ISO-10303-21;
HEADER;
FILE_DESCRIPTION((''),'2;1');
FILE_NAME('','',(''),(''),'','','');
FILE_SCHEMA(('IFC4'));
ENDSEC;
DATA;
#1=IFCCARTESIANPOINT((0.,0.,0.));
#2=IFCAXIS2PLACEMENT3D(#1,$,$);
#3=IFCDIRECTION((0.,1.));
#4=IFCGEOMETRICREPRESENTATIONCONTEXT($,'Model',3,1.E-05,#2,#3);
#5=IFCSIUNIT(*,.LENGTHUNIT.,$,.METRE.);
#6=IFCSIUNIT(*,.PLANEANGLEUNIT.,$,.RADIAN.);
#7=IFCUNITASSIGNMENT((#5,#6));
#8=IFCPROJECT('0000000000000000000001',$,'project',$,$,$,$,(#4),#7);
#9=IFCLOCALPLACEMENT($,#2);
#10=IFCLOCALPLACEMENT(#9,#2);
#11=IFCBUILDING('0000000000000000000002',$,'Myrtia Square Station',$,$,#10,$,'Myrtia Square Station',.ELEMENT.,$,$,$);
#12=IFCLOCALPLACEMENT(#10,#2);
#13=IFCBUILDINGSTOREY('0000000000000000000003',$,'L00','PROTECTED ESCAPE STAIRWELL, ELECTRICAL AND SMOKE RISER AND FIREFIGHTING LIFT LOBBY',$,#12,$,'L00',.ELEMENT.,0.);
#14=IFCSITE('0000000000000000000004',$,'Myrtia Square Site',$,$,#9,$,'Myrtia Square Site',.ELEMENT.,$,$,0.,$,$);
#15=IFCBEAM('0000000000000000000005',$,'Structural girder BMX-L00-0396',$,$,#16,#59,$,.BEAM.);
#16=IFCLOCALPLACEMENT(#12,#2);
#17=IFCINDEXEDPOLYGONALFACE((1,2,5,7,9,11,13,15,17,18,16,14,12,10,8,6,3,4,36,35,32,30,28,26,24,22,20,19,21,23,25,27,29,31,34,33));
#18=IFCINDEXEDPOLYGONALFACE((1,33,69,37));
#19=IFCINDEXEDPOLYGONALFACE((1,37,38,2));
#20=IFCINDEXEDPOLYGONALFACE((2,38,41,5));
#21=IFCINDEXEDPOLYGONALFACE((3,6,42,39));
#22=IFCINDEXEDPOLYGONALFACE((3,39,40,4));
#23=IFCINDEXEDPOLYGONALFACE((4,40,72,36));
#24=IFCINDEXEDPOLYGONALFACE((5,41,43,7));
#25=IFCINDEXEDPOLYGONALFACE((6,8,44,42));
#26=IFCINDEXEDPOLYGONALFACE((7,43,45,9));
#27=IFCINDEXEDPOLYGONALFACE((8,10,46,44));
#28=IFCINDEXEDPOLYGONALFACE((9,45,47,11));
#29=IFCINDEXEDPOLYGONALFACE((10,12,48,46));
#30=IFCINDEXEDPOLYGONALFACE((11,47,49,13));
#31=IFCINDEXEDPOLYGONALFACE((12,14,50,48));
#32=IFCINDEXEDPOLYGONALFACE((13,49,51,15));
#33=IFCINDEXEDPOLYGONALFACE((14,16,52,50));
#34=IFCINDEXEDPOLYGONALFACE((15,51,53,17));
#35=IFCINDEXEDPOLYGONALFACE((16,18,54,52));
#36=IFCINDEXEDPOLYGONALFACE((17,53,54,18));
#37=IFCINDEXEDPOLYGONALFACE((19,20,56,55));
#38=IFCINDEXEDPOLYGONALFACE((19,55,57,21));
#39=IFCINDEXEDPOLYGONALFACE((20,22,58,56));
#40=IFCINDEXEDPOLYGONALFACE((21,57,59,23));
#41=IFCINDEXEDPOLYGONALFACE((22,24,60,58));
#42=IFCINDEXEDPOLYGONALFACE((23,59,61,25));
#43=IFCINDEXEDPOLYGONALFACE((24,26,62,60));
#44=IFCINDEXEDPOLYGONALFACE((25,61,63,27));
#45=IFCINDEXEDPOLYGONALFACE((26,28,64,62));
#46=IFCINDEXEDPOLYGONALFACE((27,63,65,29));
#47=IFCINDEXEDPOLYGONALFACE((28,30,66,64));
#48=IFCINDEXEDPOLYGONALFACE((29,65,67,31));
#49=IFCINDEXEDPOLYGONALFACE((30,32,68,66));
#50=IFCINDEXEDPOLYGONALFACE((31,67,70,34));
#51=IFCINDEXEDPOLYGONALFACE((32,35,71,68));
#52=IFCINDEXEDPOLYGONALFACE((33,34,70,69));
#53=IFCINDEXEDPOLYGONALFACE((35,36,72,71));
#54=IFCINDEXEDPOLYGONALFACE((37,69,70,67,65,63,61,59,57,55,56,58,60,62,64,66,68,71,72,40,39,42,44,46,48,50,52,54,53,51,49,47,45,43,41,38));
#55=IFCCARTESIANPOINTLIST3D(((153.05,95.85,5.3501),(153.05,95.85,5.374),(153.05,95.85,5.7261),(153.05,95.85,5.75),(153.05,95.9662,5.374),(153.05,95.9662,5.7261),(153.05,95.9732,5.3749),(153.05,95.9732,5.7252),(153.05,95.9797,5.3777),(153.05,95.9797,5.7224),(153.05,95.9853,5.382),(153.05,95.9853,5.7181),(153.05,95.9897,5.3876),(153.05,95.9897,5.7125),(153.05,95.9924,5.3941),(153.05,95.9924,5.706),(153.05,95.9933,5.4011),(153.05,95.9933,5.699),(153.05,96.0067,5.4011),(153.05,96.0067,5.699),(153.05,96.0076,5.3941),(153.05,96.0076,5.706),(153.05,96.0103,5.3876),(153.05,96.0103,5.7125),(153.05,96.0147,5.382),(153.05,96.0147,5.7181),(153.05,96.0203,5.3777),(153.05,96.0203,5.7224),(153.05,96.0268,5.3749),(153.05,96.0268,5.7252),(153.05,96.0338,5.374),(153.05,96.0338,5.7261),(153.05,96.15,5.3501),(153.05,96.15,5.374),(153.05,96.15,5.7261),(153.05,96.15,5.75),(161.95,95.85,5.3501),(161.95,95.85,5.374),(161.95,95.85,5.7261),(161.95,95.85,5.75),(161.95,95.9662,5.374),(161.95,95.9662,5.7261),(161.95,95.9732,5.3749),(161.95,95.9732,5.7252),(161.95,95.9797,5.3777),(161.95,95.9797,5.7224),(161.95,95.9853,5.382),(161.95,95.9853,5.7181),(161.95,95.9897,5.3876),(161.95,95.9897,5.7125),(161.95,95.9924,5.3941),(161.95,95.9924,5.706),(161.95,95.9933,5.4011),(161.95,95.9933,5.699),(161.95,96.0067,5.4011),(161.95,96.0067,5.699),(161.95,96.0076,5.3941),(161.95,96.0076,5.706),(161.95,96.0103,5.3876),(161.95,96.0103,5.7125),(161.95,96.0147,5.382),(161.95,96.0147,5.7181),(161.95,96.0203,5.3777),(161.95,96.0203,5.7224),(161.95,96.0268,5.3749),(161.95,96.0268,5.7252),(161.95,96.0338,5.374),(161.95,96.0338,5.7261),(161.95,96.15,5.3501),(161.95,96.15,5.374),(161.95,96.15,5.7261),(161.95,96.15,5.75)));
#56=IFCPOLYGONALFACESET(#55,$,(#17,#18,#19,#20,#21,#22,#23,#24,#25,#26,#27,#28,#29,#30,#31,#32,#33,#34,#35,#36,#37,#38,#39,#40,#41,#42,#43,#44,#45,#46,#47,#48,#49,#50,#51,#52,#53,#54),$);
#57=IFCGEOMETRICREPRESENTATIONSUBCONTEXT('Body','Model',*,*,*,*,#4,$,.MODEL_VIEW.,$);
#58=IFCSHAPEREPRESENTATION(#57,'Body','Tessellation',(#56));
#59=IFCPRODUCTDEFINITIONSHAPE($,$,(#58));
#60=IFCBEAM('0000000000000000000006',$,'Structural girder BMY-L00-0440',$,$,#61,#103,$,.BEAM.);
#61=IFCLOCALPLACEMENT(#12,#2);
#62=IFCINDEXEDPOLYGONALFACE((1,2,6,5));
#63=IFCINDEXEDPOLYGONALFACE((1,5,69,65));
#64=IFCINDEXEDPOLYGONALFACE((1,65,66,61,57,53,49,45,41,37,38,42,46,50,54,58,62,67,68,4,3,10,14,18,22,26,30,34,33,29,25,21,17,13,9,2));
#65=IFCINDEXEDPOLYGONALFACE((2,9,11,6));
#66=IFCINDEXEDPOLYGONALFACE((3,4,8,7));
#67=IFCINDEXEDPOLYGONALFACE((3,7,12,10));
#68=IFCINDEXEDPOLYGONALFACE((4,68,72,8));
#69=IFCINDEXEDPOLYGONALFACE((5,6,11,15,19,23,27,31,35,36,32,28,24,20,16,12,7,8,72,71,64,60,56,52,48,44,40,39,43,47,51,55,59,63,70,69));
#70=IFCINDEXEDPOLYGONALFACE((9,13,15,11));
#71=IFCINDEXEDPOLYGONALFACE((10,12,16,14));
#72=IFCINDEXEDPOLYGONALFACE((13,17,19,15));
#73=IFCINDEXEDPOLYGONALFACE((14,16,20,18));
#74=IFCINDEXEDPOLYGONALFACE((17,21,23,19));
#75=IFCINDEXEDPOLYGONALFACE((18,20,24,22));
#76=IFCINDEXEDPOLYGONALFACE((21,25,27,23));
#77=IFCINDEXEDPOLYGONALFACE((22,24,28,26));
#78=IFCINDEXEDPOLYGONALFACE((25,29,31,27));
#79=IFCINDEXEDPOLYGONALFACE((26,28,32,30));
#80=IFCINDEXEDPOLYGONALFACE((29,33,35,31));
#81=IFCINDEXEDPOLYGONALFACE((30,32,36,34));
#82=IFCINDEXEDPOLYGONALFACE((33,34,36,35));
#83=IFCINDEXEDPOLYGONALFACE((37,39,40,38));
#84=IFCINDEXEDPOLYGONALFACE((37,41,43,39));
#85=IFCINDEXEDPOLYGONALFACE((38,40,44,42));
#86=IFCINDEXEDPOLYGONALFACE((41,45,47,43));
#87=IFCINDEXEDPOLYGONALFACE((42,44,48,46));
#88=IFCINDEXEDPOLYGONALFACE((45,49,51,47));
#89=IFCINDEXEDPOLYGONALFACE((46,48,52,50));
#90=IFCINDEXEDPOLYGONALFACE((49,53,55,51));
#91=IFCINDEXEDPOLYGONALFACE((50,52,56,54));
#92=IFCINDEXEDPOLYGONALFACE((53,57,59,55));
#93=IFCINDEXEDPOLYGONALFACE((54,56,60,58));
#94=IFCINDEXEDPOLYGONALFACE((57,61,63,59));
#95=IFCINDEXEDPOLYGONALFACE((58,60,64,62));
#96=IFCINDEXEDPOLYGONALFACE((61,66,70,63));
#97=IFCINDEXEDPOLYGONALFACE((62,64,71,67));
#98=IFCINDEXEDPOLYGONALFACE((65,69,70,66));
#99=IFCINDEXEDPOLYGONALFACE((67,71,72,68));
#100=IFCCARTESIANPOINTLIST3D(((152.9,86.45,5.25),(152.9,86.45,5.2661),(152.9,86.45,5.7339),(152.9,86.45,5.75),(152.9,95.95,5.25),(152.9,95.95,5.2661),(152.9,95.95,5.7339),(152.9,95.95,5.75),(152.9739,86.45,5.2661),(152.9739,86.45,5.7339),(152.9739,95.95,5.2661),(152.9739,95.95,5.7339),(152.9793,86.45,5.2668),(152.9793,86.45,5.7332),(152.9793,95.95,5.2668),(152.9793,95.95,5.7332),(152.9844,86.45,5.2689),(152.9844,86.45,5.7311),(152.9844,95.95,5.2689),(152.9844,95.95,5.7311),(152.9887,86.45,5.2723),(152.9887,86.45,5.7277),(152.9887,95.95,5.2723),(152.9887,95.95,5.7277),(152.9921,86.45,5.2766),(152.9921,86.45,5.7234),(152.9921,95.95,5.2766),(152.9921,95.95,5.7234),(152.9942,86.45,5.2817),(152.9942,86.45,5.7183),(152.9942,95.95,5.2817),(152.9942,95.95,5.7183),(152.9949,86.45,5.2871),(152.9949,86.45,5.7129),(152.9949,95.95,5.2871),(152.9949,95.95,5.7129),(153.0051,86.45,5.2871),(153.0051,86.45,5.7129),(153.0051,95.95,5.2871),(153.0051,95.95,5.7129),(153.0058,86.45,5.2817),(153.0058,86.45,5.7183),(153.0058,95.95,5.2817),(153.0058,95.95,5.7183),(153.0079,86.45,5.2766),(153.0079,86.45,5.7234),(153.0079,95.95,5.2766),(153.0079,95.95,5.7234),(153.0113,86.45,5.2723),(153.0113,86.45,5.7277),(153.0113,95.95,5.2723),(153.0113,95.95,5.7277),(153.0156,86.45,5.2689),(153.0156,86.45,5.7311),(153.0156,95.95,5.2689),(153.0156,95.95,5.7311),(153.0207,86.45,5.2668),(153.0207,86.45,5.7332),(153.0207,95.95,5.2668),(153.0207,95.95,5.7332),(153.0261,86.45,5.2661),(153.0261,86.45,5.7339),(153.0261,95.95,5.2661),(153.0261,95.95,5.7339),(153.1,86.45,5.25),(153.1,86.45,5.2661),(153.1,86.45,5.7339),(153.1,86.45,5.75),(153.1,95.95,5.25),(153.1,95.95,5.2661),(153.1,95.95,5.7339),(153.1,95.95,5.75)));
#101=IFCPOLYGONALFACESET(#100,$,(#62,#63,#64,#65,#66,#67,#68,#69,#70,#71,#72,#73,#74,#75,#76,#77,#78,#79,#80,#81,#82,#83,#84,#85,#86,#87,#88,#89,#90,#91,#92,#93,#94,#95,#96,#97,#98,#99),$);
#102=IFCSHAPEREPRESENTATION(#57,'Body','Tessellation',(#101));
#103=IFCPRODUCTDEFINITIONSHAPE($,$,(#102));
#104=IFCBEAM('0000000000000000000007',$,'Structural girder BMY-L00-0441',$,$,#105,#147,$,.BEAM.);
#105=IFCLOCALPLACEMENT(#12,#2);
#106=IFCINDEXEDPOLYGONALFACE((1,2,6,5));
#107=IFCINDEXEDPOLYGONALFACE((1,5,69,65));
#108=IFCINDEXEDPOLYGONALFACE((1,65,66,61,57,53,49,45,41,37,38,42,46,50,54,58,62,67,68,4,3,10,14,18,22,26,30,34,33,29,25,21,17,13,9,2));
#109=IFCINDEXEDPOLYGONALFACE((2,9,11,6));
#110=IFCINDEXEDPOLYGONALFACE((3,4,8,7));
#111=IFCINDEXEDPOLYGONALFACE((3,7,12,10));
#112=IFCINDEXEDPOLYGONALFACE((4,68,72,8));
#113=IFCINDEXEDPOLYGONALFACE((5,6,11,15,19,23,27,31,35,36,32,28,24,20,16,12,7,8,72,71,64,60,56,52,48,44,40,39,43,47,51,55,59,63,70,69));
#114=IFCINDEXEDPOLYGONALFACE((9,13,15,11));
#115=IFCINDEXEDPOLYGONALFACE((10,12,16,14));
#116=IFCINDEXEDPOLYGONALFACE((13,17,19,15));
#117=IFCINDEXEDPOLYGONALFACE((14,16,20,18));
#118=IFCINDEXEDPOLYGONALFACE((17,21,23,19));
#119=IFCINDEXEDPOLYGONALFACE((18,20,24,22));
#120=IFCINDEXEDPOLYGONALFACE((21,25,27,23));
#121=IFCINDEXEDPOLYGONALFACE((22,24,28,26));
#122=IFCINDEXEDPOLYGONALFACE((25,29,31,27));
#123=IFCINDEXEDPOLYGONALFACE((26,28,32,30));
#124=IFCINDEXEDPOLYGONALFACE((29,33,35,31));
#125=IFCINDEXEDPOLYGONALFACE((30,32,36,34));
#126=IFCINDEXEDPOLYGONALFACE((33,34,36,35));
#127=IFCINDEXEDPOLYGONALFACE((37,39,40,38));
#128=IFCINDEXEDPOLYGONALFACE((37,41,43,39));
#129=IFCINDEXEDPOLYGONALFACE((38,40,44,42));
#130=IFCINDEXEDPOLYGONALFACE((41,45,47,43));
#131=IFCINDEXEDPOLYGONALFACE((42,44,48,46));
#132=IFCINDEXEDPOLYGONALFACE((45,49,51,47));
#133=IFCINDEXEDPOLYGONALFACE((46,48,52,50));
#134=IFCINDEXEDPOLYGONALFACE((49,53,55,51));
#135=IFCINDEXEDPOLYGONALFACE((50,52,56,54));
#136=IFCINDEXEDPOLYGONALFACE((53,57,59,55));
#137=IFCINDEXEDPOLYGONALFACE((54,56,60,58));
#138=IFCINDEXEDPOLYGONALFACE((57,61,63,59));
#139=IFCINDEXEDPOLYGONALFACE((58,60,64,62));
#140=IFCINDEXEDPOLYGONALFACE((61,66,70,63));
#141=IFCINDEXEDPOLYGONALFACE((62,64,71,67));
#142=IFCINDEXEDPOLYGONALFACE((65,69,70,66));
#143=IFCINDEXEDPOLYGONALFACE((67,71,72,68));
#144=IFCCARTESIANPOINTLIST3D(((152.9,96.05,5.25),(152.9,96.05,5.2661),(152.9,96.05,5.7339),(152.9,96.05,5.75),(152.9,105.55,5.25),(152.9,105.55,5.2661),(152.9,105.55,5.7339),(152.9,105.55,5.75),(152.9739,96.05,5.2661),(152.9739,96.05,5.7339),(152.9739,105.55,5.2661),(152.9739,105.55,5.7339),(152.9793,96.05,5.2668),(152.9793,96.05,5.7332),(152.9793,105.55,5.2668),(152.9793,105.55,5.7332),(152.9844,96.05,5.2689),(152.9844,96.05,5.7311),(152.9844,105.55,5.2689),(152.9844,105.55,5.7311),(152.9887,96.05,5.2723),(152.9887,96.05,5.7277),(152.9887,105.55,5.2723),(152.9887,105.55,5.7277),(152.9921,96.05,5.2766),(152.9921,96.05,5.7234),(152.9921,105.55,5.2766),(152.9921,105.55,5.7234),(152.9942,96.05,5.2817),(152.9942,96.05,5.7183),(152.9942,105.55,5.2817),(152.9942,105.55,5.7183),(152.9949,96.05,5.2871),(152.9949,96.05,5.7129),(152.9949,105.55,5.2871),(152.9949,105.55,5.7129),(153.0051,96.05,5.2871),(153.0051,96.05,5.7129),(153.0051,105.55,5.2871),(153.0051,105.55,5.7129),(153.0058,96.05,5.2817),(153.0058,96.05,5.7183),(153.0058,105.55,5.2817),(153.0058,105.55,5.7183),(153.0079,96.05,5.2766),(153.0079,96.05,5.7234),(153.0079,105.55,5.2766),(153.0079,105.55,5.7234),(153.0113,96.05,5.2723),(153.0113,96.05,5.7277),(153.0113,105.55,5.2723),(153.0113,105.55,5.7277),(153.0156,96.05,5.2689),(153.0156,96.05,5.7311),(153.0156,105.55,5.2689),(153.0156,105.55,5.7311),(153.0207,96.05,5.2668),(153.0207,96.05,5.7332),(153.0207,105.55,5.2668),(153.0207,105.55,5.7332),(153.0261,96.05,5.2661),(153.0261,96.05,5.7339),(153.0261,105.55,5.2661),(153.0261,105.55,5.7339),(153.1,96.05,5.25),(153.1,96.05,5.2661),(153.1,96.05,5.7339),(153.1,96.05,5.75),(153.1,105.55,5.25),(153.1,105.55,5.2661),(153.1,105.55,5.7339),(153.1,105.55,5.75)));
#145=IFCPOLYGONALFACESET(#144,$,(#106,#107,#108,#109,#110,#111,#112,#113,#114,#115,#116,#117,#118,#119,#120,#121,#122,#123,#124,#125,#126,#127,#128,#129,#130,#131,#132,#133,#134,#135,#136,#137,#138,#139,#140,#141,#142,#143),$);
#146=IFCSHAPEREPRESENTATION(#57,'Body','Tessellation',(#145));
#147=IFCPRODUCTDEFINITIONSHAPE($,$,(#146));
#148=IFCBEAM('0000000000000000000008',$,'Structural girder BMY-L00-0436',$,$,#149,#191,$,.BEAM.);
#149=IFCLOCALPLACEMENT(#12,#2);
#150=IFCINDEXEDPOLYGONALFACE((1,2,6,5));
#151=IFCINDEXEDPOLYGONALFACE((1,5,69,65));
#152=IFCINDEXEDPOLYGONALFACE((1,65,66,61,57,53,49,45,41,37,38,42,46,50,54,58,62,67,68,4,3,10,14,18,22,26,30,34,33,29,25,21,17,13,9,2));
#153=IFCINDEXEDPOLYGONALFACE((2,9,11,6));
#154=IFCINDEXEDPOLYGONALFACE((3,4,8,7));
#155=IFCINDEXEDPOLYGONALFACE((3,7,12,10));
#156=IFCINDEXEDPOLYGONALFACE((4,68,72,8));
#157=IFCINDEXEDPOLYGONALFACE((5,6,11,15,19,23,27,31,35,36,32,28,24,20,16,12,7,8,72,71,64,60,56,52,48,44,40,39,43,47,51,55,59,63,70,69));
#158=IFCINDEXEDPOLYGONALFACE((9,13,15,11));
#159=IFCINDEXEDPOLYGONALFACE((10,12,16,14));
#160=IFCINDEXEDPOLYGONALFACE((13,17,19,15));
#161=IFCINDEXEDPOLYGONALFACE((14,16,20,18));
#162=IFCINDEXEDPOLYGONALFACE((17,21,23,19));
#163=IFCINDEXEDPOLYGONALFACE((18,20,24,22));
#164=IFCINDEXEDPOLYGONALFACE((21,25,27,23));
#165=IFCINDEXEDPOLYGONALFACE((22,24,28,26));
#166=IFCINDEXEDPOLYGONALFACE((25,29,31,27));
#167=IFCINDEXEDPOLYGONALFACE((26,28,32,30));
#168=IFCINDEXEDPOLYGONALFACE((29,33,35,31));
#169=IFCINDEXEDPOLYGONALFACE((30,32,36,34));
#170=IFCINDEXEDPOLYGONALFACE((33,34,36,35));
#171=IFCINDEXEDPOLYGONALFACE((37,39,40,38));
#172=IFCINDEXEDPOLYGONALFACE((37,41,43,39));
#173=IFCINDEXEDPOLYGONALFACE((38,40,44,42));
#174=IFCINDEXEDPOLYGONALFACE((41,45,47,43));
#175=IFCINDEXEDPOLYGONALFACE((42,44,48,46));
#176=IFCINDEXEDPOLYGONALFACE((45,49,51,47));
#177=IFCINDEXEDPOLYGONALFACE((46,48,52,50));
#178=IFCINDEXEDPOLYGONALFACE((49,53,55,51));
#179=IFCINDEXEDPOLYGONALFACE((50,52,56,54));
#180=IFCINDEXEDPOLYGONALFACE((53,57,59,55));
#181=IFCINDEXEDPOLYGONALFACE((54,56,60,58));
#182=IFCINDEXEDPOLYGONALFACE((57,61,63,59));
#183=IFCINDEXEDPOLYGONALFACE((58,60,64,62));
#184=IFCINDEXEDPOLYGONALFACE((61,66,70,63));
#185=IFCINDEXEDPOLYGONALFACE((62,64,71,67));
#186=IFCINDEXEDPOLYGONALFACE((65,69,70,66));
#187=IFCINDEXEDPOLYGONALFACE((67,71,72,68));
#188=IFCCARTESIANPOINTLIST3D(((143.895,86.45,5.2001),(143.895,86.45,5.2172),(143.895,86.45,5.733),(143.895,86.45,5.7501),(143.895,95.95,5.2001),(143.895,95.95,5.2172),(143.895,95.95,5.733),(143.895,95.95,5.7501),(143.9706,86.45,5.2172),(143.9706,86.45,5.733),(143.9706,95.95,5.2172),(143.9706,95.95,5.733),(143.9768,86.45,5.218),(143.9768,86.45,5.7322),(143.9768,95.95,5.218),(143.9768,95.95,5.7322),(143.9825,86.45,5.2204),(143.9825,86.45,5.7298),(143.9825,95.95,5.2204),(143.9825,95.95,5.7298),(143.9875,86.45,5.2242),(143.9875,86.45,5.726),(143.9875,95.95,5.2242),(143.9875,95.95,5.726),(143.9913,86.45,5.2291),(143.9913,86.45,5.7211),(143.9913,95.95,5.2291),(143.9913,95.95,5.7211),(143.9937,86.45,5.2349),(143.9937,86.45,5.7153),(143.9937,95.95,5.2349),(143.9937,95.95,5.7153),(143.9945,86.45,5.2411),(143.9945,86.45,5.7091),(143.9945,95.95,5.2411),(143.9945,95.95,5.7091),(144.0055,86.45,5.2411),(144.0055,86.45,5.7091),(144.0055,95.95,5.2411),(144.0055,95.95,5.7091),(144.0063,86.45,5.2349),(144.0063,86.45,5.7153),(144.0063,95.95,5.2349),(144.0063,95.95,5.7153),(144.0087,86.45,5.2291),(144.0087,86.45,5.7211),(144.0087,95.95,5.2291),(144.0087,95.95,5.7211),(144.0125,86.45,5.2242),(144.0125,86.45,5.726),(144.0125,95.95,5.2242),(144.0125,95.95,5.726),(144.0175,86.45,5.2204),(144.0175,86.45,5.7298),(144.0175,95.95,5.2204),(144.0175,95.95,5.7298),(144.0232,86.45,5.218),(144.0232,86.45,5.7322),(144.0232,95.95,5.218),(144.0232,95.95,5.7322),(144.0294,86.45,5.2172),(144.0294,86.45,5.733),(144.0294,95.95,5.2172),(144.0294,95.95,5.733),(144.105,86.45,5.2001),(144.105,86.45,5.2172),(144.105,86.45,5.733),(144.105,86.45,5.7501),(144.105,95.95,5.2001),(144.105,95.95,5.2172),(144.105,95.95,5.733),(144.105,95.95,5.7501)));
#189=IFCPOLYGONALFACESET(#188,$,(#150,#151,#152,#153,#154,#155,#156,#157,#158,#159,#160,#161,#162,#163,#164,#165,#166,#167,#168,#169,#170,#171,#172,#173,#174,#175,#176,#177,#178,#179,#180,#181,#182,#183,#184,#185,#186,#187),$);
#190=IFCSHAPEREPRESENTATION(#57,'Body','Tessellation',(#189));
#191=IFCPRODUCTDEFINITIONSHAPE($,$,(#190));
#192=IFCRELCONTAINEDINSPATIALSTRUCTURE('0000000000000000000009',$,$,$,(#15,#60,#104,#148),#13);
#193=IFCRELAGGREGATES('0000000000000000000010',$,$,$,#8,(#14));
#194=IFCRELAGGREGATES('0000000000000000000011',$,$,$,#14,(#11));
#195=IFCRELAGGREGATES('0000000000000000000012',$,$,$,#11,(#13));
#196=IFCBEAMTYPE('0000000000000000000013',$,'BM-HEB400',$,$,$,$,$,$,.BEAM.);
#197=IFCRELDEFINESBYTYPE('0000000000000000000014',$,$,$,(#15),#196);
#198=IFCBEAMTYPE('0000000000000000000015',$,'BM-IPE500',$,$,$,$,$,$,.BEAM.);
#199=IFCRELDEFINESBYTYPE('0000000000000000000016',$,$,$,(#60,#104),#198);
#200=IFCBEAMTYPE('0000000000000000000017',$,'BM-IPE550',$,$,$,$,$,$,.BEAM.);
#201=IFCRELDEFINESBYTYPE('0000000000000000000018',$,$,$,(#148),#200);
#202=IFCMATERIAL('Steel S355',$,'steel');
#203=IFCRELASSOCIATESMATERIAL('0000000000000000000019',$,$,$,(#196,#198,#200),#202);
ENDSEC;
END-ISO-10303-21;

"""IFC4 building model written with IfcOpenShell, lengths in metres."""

from ifc_helpers import new_model, si_unit, direction, frame, origin, origin_2d, place, context, subcontext, project, spatial, i_section, extrude, material, material_profile, profile_set, type_object, element, save


model = new_model("IFC4")

# Units and contexts
model_context = context("Model", 3, precision=1e-05, world=origin(), true_north=direction((0.0, 1.0)))
body_context = subcontext(model_context, "Body", "Model", "MODEL_VIEW")
ifc_project = project(units=[si_unit("LENGTHUNIT", "METRE"), si_unit("PLANEANGLEUNIT", "RADIAN")], contexts=[model_context])

# Site, building, storey
site_placement = place(None, origin())
site = spatial("IfcSite", under=ifc_project, at=site_placement, Name="Myrtia Square Site", LongName="Myrtia Square Site", CompositionType="ELEMENT", RefElevation=0.0)
building_placement = place(site_placement, origin())
building = spatial("IfcBuilding", under=site, at=building_placement, Name="Myrtia Square Station", LongName="Myrtia Square Station", CompositionType="ELEMENT")
storey_placement = place(building_placement, origin())
storey = spatial("IfcBuildingStorey", under=building, at=storey_placement, Name="L00", Description="PROTECTED ESCAPE STAIRWELL, ELECTRICAL AND SMOKE RISER AND FIREFIGHTING LIFT LOBBY", LongName="L00", CompositionType="ELEMENT", Elevation=0.0)

# Shared definitions
ifc_material_1 = material(Name="Steel S355", Category="steel")

# Beams
ifc_material_profile_1 = material_profile(ifc_material_1, i_section(OverallWidth=0.3, OverallDepth=0.3999, WebThickness=0.0134, FlangeThickness=0.0239, FilletRadius=0.0271, at=origin_2d()), Name="HEB 400")
ifc_profile_set_1 = profile_set([ifc_material_profile_1], Name="Steel S355")
beam_type_1 = type_object("IfcBeamType", Name="BM-HEB400", PredefinedType="BEAM", material=ifc_profile_set_1)
for number, where, z_axis, x_axis, name in (
    (1, (153.05, 96.0, 5.55), (1.0, 0.0, 0.0), (0.0, 1.0, 0.0), "Structural girder BMX-L00-0396"),
):
    element("IfcBeam", number, at=place(storey_placement, frame(where, z_axis=z_axis, x_axis=x_axis)), inside=storey, type_object=beam_type_1, Name=name, PredefinedType="BEAM", context=body_context, shape_type="SweptSolid", body=[
        extrude(i_section(OverallWidth=0.3, OverallDepth=0.3999, WebThickness=0.0134, FlangeThickness=0.0239, FilletRadius=0.0271, at=origin_2d()), origin(), (0.0, 0.0, 1.0), 8.8999),
    ])
ifc_material_profile_2 = material_profile(ifc_material_1, i_section(OverallWidth=0.2, OverallDepth=0.5, WebThickness=0.0103, FlangeThickness=0.0161, FilletRadius=0.021, at=origin_2d()), Name="IPE 500")
ifc_profile_set_2 = profile_set([ifc_material_profile_2], Name="Steel S355")
beam_type_2 = type_object("IfcBeamType", Name="BM-IPE500", PredefinedType="BEAM", material=ifc_profile_set_2)
for number, where, z_axis, x_axis, name in (
    (2, (153.0, 86.45, 5.5), (0.0, 1.0, 0.0), (-1.0, 0.0, 0.0), "Structural girder BMY-L00-0440"),
    (3, (153.0, 96.05, 5.5), (0.0, 1.0, 0.0), (-1.0, 0.0, 0.0), "Structural girder BMY-L00-0441"),
):
    element("IfcBeam", number, at=place(storey_placement, frame(where, z_axis=z_axis, x_axis=x_axis)), inside=storey, type_object=beam_type_2, Name=name, PredefinedType="BEAM", context=body_context, shape_type="SweptSolid", body=[
        extrude(i_section(OverallWidth=0.2, OverallDepth=0.5, WebThickness=0.0103, FlangeThickness=0.0161, FilletRadius=0.021, at=origin_2d()), origin(), (0.0, 0.0, 1.0), 9.5),
    ])
ifc_material_profile_3 = material_profile(ifc_material_1, i_section(OverallWidth=0.21, OverallDepth=0.55, WebThickness=0.011, FlangeThickness=0.0171, FilletRadius=0.0239, at=origin_2d()), Name="IPE 550")
ifc_profile_set_3 = profile_set([ifc_material_profile_3], Name="Steel S355")
beam_type_3 = type_object("IfcBeamType", Name="BM-IPE550", PredefinedType="BEAM", material=ifc_profile_set_3)
for number, where, z_axis, x_axis, name in (
    (4, (144.0, 86.45, 5.4751), (0.0, 1.0, 0.0), (-1.0, 0.0, 0.0), "Structural girder BMY-L00-0436"),
):
    element("IfcBeam", number, at=place(storey_placement, frame(where, z_axis=z_axis, x_axis=x_axis)), inside=storey, type_object=beam_type_3, Name=name, PredefinedType="BEAM", context=body_context, shape_type="SweptSolid", body=[
        extrude(i_section(OverallWidth=0.21, OverallDepth=0.55, WebThickness=0.011, FlangeThickness=0.0171, FilletRadius=0.0239, at=origin_2d()), origin(), (0.0, 0.0, 1.0), 9.5),
    ])

save(model, "model.ifc")
